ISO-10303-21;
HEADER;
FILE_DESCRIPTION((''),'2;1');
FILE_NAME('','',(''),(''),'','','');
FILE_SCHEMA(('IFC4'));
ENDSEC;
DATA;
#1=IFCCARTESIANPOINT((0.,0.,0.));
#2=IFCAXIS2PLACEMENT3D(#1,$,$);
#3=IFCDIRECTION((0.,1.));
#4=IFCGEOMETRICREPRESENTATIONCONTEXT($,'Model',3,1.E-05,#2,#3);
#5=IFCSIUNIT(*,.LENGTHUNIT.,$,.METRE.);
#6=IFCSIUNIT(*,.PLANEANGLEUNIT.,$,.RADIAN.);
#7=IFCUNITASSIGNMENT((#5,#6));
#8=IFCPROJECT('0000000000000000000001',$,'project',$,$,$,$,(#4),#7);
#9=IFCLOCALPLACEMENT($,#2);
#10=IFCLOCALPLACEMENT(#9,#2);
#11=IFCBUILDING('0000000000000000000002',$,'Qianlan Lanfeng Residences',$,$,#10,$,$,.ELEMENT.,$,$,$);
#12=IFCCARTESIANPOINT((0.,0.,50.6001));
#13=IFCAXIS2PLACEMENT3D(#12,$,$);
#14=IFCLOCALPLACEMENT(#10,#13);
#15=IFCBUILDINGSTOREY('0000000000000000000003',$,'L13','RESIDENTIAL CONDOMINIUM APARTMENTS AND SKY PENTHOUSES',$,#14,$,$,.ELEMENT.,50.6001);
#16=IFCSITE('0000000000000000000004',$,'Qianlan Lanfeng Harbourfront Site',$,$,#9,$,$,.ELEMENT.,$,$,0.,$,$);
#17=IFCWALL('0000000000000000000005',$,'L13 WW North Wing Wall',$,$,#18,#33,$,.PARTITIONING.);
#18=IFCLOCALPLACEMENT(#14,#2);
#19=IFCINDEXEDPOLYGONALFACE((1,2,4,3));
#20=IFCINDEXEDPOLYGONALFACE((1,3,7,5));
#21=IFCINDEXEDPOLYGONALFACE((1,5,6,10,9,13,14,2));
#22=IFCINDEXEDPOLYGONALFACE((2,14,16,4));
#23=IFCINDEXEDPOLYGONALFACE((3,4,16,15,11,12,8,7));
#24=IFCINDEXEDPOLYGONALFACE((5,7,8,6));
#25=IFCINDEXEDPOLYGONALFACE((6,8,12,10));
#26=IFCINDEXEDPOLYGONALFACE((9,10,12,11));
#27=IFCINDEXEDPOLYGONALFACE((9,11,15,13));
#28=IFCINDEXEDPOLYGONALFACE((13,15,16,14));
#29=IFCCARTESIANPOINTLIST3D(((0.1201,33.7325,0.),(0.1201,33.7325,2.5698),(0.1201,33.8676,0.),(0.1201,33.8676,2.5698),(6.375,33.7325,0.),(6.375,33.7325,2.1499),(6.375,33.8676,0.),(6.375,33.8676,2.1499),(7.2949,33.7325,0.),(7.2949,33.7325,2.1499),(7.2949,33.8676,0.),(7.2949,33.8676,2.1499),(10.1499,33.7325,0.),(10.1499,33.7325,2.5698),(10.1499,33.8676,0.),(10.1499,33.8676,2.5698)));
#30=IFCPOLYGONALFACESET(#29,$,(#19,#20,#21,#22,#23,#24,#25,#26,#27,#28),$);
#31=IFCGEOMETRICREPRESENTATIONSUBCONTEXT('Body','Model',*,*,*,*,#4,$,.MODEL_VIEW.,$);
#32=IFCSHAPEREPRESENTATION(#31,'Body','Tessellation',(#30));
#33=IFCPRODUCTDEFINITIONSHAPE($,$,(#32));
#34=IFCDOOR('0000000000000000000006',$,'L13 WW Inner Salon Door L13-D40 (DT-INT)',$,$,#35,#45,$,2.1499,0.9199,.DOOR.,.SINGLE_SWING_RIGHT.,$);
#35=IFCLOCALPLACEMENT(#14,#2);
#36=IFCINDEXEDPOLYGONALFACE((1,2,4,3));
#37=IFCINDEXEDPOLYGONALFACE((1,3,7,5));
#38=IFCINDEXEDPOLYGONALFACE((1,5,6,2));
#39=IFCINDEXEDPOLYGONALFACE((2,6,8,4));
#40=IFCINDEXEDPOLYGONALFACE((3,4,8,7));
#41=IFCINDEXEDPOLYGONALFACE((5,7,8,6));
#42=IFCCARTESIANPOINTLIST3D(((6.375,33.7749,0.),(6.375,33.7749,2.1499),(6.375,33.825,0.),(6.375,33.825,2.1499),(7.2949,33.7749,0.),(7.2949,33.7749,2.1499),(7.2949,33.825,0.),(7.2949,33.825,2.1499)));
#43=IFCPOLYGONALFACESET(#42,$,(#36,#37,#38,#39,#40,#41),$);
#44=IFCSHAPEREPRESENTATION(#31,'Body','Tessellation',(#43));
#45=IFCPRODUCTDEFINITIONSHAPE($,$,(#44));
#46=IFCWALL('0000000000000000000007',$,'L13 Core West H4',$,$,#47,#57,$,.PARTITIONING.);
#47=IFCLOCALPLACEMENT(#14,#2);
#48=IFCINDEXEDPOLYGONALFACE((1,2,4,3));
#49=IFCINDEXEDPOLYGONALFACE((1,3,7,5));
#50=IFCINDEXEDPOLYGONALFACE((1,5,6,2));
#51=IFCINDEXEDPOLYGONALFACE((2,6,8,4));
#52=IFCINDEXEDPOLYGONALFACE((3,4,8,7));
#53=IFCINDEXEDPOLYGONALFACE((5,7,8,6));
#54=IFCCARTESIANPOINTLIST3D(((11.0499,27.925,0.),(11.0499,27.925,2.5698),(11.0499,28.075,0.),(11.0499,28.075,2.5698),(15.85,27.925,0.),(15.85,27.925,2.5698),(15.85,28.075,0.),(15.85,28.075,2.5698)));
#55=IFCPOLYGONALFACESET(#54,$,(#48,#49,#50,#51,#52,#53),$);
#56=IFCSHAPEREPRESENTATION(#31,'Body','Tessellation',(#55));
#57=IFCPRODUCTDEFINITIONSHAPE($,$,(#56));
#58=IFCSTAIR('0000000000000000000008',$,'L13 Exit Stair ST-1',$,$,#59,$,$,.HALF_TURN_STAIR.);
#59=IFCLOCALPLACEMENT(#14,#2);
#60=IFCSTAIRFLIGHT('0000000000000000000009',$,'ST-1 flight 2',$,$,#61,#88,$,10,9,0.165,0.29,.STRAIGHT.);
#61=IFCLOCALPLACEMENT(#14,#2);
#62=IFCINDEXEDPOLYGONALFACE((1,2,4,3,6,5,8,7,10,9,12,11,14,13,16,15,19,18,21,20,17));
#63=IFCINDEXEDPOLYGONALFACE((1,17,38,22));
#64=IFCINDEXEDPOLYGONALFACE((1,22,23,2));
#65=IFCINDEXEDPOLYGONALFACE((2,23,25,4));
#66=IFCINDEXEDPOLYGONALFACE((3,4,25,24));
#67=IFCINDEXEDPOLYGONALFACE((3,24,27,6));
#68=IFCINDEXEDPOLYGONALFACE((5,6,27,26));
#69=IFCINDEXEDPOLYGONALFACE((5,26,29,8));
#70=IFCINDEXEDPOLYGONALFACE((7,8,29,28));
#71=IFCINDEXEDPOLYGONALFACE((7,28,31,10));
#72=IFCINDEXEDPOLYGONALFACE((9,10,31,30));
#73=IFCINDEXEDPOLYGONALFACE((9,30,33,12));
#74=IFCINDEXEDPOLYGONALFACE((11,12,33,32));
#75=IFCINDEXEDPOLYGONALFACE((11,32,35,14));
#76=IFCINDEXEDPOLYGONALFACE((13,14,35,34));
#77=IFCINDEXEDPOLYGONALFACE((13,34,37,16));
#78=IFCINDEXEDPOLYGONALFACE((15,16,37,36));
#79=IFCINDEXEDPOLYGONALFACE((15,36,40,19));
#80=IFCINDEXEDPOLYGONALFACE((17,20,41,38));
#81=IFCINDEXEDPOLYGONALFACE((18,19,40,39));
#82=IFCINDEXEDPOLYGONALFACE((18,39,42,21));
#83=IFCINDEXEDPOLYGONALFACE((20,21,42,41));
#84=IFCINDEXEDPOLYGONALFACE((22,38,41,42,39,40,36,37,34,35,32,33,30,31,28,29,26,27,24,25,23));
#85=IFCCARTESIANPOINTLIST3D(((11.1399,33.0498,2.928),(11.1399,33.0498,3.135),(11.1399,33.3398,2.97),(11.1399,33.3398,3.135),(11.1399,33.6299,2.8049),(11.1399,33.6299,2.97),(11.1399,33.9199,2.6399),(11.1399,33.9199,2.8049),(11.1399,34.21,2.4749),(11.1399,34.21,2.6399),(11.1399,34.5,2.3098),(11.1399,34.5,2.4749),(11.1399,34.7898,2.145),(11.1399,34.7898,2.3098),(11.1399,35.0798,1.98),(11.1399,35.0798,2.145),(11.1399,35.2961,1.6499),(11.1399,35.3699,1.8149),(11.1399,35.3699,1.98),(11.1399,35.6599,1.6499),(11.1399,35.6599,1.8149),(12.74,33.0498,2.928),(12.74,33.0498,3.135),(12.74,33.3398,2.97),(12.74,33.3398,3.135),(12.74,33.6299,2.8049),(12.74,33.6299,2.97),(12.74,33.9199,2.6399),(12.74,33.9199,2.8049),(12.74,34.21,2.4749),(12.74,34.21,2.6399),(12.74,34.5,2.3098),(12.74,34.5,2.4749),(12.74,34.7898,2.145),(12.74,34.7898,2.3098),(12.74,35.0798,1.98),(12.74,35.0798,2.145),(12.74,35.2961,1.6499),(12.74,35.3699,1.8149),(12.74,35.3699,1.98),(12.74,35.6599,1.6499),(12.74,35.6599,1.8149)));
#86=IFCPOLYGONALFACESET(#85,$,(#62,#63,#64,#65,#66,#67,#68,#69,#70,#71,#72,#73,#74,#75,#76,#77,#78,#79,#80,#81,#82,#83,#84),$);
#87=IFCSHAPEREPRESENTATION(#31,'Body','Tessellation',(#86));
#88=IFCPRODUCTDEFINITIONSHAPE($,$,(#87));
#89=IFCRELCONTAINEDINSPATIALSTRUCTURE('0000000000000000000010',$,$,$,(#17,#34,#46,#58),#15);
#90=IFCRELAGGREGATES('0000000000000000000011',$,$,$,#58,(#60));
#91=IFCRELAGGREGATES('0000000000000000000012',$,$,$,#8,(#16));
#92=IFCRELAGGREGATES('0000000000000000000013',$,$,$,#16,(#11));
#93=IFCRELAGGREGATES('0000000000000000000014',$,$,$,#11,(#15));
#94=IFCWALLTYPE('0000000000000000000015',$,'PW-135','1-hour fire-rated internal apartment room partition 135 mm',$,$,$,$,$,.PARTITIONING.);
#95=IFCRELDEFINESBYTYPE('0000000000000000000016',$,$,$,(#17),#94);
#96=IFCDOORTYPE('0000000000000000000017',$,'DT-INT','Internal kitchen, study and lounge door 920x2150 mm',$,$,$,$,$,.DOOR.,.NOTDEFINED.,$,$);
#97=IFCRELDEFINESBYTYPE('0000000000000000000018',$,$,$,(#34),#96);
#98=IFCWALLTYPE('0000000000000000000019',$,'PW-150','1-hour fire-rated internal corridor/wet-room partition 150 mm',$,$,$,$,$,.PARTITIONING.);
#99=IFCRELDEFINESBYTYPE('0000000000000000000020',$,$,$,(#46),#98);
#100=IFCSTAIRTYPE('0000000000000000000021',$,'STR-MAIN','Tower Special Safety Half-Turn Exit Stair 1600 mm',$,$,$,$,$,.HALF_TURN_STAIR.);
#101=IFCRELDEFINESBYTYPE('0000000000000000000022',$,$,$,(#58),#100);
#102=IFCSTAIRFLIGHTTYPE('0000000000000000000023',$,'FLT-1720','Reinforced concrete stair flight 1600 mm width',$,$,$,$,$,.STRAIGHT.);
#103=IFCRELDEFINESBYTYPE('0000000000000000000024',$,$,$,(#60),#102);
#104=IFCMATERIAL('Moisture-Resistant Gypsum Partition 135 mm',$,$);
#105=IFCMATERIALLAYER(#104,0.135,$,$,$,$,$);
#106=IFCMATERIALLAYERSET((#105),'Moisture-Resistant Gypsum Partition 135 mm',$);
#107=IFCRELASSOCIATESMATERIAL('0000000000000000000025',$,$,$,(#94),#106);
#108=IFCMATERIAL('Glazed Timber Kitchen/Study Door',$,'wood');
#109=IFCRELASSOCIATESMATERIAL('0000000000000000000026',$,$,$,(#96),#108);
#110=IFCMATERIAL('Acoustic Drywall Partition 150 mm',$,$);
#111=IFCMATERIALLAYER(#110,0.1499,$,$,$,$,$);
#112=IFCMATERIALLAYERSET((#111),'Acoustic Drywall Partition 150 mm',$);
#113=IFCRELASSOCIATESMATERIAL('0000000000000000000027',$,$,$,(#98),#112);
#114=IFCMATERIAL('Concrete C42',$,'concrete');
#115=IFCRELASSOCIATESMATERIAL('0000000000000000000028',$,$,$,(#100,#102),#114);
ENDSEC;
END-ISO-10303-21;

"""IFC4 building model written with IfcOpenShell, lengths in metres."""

from ifc_helpers import new_model, si_unit, direction, frame, frame_2d, origin, place, context, subcontext, project, spatial, polyline, rectangle, outline, extrude, material, layer, layer_set, type_object, element, fill, aggregate, save


model = new_model("IFC4")

# Units and contexts
model_context = context("Model", 3, precision=1e-05, world=origin(), true_north=direction((0.0, 1.0)))
body_context = subcontext(model_context, "Body", "Model", "MODEL_VIEW")
ifc_project = project(units=[si_unit("LENGTHUNIT", "METRE"), si_unit("PLANEANGLEUNIT", "RADIAN")], contexts=[model_context])

# Site, building, storey
site_placement = place(None, origin())
site = spatial("IfcSite", under=ifc_project, at=site_placement, Name="Qianlan Lanfeng Harbourfront Site", CompositionType="ELEMENT", RefElevation=0.0)
building_placement = place(site_placement, origin())
building = spatial("IfcBuilding", under=site, at=building_placement, Name="Qianlan Lanfeng Residences", CompositionType="ELEMENT")
storey_placement = place(building_placement, frame((0.0, 0.0, 50.6001)))
storey = spatial("IfcBuildingStorey", under=building, at=storey_placement, Name="L13", Description="RESIDENTIAL CONDOMINIUM APARTMENTS AND SKY PENTHOUSES", CompositionType="ELEMENT", Elevation=50.6001)

# Shared definitions
ifc_material_1 = material(Name="Concrete C42", Category="concrete")

# Wall, opening, door
ifc_material_2 = material(Name="Moisture-Resistant Gypsum Partition 135 mm")
ifc_layer_1 = layer(ifc_material_2, 0.135)
ifc_layer_set_1 = layer_set([ifc_layer_1], Name="Moisture-Resistant Gypsum Partition 135 mm")
wall_type_1 = type_object("IfcWallType", Name="PW-135", Description="1-hour fire-rated internal apartment room partition 135 mm", PredefinedType="PARTITIONING", material=ifc_layer_set_1)
wall_1_placement = place(storey_placement, frame((0.1201, 33.8, 0.0), z_axis=(0.0, 0.0, 1.0), x_axis=(1.0, 0.0, 0.0)))
wall_1 = element("IfcWall", 1, at=wall_1_placement, inside=storey, type_object=wall_type_1, Name="L13 WW North Wing Wall", PredefinedType="PARTITIONING", context=body_context, shape_type="SweptSolid", body=[
    extrude(rectangle(XDim=10.0298, YDim=0.135, at=frame_2d((5.0149, 0.0))), origin(), (0.0, 0.0, 1.0), 2.5698),
])
opening_placement = place(wall_1_placement, frame((6.2549, 0.0, 0.0)))
opening = element("IfcOpeningElement", 2, at=opening_placement, cuts=wall_1, PredefinedType="OPENING", context=body_context, shape_type="SweptSolid", body=[
    extrude(rectangle(XDim=0.9199, YDim=2.1499, at=frame_2d((0.46, 1.075))), frame((0.0, 0.0776, 0.0), z_axis=(0.0, -1.0, 0.0), x_axis=(1.0, 0.0, 0.0)), (0.0, 0.0, 1.0), 0.155),
])
ifc_material_3 = material(Name="Glazed Timber Kitchen/Study Door", Category="wood")
door_type = type_object("IfcDoorType", Name="DT-INT", Description="Internal kitchen, study and lounge door 920x2150 mm", OperationType="NOTDEFINED", PredefinedType="DOOR", material=ifc_material_3)
door_placement = place(opening_placement, origin())
door = element("IfcDoor", 3, at=door_placement, inside=storey, type_object=door_type, Name="L13 WW Inner Salon Door L13-D40 (DT-INT)", OperationType="SINGLE_SWING_RIGHT", OverallHeight=2.1499, OverallWidth=0.9199, PredefinedType="DOOR", context=body_context, shape_type="SweptSolid", body=[
    extrude(rectangle(XDim=0.9199, YDim=2.1499, at=frame_2d((0.46, 1.075))), frame((0.0, 0.0249, 0.0), z_axis=(0.0, -1.0, 0.0), x_axis=(1.0, 0.0, 0.0)), (0.0, 0.0, 1.0), 0.05),
])
fill(opening, door)

# Wall
ifc_material_4 = material(Name="Acoustic Drywall Partition 150 mm")
ifc_layer_2 = layer(ifc_material_4, 0.1499)
ifc_layer_set_2 = layer_set([ifc_layer_2], Name="Acoustic Drywall Partition 150 mm")
wall_type_2 = type_object("IfcWallType", Name="PW-150", Description="1-hour fire-rated internal corridor/wet-room partition 150 mm", PredefinedType="PARTITIONING", material=ifc_layer_set_2)
wall_2_placement = place(storey_placement, frame((11.05, 28.0, 0.0), z_axis=(0.0, 0.0, 1.0), x_axis=(1.0, 0.0, 0.0)))
element("IfcWall", 4, at=wall_2_placement, inside=storey, type_object=wall_type_2, Name="L13 Core West H4", PredefinedType="PARTITIONING", context=body_context, shape_type="SweptSolid", body=[
    extrude(rectangle(XDim=4.8, YDim=0.1499, at=frame_2d((2.3999, 0.0))), origin(), (0.0, 0.0, 1.0), 2.5698),
])

# Stair, stair flight
stair_type = type_object("IfcStairType", Name="STR-MAIN", Description="Tower Special Safety Half-Turn Exit Stair 1600 mm", PredefinedType="HALF_TURN_STAIR", material=ifc_material_1)
stair_placement = place(storey_placement, origin())
stair = element("IfcStair", 5, at=stair_placement, inside=storey, type_object=stair_type, Name="L13 Exit Stair ST-1", PredefinedType="HALF_TURN_STAIR")
stair_flight_type = type_object("IfcStairFlightType", Name="FLT-1720", Description="Reinforced concrete stair flight 1600 mm width", PredefinedType="STRAIGHT", material=ifc_material_1)
stair_flight_placement = place(storey_placement, frame((11.9399, 35.6599, 1.6499), z_axis=(0.0, 0.0, 1.0), x_axis=(0.0, -1.0, 0.0)))
stair_flight = element("IfcStairFlight", 6, at=stair_flight_placement, type_object=stair_flight_type, Name="ST-1 flight 2", NumberOfRisers=10, NumberOfTreads=9, PredefinedType="STRAIGHT", RiserHeight=0.165, TreadLength=0.29, context=body_context, shape_type="SweptSolid", body=[
    extrude(outline(polyline([(0.0, 0.0), (0.0, 0.165), (0.29, 0.165), (0.29, 0.3301), (0.5801, 0.3301), (0.5801, 0.4951), (0.8701, 0.4951), (0.8701, 0.6599), (1.1599, 0.6599), (1.1599, 0.825), (1.45, 0.825), (1.45, 0.99), (1.74, 0.99), (1.74, 1.155), (2.03, 1.155), (2.03, 1.3201), (2.3201, 1.3201), (2.3201, 1.4851), (2.6101, 1.4851), (2.6101, 1.6499), (2.6101, 1.2781), (0.3638, 0.0), (0.0, 0.0)])), frame((0.0, 0.8, 0.0), z_axis=(0.0, -1.0, 0.0), x_axis=(1.0, 0.0, 0.0)), (0.0, 0.0, 1.0), 1.6001),
])
aggregate(stair, [stair_flight])

save(model, "model.ifc")
